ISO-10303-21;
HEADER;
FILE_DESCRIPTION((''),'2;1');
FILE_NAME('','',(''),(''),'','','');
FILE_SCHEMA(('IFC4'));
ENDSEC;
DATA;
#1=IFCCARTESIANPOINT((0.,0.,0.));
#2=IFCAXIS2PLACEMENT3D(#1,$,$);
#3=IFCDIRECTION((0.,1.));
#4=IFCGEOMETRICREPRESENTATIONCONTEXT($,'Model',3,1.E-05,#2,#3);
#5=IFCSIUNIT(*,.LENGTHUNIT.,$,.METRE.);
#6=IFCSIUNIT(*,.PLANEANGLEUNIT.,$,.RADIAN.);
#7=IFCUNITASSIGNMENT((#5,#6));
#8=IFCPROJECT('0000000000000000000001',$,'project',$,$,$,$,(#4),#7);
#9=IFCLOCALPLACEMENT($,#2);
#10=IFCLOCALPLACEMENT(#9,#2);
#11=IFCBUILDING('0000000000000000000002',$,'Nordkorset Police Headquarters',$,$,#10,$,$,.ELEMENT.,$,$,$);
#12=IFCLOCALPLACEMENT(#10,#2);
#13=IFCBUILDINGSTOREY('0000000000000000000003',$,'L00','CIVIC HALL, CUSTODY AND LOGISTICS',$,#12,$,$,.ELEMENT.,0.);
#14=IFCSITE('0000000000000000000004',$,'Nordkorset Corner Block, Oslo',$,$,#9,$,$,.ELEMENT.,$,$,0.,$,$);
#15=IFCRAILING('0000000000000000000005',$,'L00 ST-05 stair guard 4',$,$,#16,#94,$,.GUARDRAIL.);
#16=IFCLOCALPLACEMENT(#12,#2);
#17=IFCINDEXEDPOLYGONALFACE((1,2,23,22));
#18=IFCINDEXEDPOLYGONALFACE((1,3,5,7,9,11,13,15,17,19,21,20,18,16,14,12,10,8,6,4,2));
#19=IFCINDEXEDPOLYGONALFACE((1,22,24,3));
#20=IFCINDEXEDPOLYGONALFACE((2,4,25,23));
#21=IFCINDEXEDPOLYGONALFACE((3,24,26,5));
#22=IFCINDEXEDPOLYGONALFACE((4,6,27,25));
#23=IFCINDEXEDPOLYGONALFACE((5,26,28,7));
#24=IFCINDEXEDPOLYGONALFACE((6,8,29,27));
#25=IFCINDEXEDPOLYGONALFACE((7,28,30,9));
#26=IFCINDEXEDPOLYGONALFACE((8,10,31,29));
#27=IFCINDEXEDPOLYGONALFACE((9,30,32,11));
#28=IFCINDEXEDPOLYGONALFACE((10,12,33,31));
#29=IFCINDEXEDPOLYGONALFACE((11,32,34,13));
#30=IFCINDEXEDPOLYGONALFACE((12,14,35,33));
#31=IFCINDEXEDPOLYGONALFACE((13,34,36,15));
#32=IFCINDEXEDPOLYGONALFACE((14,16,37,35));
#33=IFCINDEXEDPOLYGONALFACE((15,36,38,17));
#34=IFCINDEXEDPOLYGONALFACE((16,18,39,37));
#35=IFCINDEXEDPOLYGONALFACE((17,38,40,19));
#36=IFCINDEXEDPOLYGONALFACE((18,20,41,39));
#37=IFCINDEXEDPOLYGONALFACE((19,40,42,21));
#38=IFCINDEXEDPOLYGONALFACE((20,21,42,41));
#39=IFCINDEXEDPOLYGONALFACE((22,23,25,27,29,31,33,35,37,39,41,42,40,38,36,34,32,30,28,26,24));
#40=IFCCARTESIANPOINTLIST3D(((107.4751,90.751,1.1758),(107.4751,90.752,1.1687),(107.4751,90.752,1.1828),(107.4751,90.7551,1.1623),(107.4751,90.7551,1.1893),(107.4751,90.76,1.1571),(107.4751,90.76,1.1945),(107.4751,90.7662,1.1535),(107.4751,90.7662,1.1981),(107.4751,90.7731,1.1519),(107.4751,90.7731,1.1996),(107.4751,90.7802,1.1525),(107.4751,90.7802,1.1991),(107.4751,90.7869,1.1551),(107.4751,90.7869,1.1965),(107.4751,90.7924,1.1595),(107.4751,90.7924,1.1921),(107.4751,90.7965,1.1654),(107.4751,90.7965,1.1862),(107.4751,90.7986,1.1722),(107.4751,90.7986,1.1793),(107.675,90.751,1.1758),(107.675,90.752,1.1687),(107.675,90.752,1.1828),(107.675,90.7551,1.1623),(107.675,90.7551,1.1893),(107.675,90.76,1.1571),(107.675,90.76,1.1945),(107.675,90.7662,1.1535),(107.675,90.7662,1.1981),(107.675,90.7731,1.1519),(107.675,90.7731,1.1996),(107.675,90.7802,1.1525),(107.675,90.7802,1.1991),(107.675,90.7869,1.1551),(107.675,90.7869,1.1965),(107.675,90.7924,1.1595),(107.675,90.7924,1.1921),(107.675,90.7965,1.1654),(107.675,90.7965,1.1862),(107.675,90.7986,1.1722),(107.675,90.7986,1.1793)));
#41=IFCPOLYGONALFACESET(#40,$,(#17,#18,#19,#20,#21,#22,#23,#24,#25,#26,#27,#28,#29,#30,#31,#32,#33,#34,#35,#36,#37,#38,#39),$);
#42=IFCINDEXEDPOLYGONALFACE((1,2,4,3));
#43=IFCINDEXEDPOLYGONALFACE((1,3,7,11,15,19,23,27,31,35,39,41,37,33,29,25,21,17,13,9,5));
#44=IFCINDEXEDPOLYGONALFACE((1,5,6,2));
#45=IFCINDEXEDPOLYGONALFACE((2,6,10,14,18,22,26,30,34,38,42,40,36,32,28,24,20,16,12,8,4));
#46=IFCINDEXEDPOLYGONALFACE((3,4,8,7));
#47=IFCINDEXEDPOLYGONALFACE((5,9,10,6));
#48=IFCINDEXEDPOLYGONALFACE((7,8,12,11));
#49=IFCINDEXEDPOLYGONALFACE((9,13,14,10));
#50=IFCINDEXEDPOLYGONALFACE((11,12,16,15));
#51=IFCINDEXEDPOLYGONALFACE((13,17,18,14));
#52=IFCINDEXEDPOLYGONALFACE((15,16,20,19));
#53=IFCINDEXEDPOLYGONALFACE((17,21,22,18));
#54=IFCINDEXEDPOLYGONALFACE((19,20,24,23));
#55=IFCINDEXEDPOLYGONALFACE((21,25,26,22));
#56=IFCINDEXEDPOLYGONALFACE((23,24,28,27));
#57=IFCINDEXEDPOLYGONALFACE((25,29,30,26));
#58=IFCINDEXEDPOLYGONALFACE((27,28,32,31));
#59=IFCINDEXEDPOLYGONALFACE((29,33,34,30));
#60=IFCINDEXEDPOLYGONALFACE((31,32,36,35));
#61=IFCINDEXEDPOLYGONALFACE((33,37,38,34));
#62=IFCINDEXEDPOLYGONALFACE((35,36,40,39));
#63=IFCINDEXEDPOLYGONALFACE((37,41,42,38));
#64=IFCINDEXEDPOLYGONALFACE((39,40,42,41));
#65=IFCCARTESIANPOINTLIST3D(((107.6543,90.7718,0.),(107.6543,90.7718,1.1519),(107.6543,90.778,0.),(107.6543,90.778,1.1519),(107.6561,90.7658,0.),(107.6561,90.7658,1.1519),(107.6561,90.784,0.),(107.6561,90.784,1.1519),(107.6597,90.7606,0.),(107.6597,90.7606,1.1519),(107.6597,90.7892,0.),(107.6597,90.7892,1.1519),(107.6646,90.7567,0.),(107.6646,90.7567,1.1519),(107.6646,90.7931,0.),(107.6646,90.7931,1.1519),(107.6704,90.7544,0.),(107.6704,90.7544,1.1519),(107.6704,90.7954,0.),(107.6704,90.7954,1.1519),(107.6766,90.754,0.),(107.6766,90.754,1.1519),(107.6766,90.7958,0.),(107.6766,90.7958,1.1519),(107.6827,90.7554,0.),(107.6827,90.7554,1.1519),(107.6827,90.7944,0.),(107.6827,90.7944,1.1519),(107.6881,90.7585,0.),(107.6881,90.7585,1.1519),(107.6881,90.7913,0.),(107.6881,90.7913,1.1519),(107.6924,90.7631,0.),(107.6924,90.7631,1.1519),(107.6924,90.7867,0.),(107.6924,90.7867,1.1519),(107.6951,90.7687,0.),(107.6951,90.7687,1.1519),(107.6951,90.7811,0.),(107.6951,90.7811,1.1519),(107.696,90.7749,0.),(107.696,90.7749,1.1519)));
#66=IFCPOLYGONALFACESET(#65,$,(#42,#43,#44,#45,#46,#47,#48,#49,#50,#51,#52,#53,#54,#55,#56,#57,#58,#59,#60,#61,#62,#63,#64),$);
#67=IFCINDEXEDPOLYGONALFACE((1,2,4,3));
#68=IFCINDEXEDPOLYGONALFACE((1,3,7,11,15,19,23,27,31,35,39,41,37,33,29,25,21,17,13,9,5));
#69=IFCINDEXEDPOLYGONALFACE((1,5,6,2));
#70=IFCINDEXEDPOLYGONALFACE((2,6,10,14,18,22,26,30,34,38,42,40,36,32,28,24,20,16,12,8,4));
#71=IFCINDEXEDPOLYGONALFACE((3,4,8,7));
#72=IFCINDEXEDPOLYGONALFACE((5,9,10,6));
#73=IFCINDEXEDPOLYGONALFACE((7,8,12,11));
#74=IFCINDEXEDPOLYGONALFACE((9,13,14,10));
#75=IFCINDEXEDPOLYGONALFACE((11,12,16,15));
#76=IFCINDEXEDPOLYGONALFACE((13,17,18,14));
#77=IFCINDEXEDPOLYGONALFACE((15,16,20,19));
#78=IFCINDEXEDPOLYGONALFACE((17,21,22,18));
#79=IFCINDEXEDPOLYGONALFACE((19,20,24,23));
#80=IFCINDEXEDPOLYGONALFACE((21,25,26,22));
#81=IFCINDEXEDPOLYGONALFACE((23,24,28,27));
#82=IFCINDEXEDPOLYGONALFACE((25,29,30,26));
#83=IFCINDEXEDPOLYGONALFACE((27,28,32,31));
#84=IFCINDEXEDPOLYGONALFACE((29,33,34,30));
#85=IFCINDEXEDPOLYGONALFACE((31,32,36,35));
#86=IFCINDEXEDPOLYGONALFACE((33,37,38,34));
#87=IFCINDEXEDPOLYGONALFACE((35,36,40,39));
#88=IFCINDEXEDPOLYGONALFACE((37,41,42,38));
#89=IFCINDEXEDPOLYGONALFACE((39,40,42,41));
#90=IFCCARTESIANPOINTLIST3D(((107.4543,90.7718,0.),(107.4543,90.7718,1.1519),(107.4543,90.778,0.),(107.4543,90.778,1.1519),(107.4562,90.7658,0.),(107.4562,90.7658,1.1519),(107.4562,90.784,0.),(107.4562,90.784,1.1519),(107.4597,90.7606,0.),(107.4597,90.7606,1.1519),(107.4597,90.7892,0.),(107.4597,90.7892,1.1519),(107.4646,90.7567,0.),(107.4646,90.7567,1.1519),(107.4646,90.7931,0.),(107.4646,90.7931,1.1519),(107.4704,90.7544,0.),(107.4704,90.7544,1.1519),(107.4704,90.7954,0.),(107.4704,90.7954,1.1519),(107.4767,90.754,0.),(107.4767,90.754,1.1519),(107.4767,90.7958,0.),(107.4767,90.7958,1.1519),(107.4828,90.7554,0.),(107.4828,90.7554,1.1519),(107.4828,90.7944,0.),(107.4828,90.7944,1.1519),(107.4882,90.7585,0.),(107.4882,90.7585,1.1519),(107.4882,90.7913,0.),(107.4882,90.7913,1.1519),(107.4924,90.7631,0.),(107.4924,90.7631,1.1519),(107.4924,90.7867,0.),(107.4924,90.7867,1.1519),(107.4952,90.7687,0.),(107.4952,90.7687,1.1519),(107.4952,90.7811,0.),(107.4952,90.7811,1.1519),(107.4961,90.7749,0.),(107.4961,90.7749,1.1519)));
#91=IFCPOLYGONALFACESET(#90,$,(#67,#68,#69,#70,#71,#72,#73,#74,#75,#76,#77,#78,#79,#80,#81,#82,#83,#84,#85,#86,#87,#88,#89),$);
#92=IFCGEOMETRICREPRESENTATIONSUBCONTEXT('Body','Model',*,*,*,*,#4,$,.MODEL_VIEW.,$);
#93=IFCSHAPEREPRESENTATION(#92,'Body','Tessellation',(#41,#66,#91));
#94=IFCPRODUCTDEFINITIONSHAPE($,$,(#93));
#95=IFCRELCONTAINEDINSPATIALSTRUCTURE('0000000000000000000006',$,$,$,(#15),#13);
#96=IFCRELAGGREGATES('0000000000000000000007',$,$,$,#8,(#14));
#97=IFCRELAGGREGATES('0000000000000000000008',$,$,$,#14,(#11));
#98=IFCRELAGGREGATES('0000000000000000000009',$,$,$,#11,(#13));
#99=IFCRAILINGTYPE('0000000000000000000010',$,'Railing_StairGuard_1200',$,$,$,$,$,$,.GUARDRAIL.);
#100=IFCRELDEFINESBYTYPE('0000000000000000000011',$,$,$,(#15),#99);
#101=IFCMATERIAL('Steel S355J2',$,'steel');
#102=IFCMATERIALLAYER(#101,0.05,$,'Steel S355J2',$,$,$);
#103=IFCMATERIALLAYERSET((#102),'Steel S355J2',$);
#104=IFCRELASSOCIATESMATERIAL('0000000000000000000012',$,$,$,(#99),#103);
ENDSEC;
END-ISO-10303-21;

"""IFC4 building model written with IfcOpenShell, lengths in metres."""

from ifc_helpers import new_model, si_unit, direction, frame, origin, origin_2d, place, context, subcontext, project, spatial, circle, extrude, material, layer, layer_set, type_object, element, save


model = new_model("IFC4")

# Units and contexts
model_context = context("Model", 3, precision=1e-05, world=origin(), true_north=direction((0.0, 1.0)))
body_context = subcontext(model_context, "Body", "Model", "MODEL_VIEW")
ifc_project = project(units=[si_unit("LENGTHUNIT", "METRE"), si_unit("PLANEANGLEUNIT", "RADIAN")], contexts=[model_context])

# Site, building, storey
site_placement = place(None, origin())
site = spatial("IfcSite", under=ifc_project, at=site_placement, Name="Nordkorset Corner Block, Oslo", CompositionType="ELEMENT", RefElevation=0.0)
building_placement = place(site_placement, origin())
building = spatial("IfcBuilding", under=site, at=building_placement, Name="Nordkorset Police Headquarters", CompositionType="ELEMENT")
storey_placement = place(building_placement, origin())
storey = spatial("IfcBuildingStorey", under=building, at=storey_placement, Name="L00", Description="CIVIC HALL, CUSTODY AND LOGISTICS", CompositionType="ELEMENT", Elevation=0.0)

# Railing
ifc_material_1 = material(Name="Steel S355J2", Category="steel")
ifc_layer_1 = layer(ifc_material_1, 0.05, Name="Steel S355J2")
ifc_layer_set_1 = layer_set([ifc_layer_1], Name="Steel S355J2")
railing_type_1 = type_object("IfcRailingType", Name="Railing_StairGuard_1200", PredefinedType="GUARDRAIL", material=ifc_layer_set_1)
railing_1_placement = place(storey_placement, frame((107.675, 90.7749, 0.0)))
element("IfcRailing", 1, at=railing_1_placement, inside=storey, type_object=railing_type_1, Name="L00 ST-05 stair guard 4", PredefinedType="GUARDRAIL", context=body_context, shape_type="SweptSolid", body=[
    extrude(circle(Radius=0.0239, at=origin_2d()), frame((0.0, 0.0, 1.1758), z_axis=(-1.0, 0.0, 0.0), x_axis=(0.0, -1.0, 0.0)), (0.0, 0.0, 1.0), 0.2),
    extrude(circle(Radius=0.021, at=origin_2d()), origin(), (0.0, 0.0, 1.0), 1.1519),
    extrude(circle(Radius=0.021, at=origin_2d()), frame((-0.2, 0.0, 0.0)), (0.0, 0.0, 1.0), 1.1519),
])

save(model, "model.ifc")
